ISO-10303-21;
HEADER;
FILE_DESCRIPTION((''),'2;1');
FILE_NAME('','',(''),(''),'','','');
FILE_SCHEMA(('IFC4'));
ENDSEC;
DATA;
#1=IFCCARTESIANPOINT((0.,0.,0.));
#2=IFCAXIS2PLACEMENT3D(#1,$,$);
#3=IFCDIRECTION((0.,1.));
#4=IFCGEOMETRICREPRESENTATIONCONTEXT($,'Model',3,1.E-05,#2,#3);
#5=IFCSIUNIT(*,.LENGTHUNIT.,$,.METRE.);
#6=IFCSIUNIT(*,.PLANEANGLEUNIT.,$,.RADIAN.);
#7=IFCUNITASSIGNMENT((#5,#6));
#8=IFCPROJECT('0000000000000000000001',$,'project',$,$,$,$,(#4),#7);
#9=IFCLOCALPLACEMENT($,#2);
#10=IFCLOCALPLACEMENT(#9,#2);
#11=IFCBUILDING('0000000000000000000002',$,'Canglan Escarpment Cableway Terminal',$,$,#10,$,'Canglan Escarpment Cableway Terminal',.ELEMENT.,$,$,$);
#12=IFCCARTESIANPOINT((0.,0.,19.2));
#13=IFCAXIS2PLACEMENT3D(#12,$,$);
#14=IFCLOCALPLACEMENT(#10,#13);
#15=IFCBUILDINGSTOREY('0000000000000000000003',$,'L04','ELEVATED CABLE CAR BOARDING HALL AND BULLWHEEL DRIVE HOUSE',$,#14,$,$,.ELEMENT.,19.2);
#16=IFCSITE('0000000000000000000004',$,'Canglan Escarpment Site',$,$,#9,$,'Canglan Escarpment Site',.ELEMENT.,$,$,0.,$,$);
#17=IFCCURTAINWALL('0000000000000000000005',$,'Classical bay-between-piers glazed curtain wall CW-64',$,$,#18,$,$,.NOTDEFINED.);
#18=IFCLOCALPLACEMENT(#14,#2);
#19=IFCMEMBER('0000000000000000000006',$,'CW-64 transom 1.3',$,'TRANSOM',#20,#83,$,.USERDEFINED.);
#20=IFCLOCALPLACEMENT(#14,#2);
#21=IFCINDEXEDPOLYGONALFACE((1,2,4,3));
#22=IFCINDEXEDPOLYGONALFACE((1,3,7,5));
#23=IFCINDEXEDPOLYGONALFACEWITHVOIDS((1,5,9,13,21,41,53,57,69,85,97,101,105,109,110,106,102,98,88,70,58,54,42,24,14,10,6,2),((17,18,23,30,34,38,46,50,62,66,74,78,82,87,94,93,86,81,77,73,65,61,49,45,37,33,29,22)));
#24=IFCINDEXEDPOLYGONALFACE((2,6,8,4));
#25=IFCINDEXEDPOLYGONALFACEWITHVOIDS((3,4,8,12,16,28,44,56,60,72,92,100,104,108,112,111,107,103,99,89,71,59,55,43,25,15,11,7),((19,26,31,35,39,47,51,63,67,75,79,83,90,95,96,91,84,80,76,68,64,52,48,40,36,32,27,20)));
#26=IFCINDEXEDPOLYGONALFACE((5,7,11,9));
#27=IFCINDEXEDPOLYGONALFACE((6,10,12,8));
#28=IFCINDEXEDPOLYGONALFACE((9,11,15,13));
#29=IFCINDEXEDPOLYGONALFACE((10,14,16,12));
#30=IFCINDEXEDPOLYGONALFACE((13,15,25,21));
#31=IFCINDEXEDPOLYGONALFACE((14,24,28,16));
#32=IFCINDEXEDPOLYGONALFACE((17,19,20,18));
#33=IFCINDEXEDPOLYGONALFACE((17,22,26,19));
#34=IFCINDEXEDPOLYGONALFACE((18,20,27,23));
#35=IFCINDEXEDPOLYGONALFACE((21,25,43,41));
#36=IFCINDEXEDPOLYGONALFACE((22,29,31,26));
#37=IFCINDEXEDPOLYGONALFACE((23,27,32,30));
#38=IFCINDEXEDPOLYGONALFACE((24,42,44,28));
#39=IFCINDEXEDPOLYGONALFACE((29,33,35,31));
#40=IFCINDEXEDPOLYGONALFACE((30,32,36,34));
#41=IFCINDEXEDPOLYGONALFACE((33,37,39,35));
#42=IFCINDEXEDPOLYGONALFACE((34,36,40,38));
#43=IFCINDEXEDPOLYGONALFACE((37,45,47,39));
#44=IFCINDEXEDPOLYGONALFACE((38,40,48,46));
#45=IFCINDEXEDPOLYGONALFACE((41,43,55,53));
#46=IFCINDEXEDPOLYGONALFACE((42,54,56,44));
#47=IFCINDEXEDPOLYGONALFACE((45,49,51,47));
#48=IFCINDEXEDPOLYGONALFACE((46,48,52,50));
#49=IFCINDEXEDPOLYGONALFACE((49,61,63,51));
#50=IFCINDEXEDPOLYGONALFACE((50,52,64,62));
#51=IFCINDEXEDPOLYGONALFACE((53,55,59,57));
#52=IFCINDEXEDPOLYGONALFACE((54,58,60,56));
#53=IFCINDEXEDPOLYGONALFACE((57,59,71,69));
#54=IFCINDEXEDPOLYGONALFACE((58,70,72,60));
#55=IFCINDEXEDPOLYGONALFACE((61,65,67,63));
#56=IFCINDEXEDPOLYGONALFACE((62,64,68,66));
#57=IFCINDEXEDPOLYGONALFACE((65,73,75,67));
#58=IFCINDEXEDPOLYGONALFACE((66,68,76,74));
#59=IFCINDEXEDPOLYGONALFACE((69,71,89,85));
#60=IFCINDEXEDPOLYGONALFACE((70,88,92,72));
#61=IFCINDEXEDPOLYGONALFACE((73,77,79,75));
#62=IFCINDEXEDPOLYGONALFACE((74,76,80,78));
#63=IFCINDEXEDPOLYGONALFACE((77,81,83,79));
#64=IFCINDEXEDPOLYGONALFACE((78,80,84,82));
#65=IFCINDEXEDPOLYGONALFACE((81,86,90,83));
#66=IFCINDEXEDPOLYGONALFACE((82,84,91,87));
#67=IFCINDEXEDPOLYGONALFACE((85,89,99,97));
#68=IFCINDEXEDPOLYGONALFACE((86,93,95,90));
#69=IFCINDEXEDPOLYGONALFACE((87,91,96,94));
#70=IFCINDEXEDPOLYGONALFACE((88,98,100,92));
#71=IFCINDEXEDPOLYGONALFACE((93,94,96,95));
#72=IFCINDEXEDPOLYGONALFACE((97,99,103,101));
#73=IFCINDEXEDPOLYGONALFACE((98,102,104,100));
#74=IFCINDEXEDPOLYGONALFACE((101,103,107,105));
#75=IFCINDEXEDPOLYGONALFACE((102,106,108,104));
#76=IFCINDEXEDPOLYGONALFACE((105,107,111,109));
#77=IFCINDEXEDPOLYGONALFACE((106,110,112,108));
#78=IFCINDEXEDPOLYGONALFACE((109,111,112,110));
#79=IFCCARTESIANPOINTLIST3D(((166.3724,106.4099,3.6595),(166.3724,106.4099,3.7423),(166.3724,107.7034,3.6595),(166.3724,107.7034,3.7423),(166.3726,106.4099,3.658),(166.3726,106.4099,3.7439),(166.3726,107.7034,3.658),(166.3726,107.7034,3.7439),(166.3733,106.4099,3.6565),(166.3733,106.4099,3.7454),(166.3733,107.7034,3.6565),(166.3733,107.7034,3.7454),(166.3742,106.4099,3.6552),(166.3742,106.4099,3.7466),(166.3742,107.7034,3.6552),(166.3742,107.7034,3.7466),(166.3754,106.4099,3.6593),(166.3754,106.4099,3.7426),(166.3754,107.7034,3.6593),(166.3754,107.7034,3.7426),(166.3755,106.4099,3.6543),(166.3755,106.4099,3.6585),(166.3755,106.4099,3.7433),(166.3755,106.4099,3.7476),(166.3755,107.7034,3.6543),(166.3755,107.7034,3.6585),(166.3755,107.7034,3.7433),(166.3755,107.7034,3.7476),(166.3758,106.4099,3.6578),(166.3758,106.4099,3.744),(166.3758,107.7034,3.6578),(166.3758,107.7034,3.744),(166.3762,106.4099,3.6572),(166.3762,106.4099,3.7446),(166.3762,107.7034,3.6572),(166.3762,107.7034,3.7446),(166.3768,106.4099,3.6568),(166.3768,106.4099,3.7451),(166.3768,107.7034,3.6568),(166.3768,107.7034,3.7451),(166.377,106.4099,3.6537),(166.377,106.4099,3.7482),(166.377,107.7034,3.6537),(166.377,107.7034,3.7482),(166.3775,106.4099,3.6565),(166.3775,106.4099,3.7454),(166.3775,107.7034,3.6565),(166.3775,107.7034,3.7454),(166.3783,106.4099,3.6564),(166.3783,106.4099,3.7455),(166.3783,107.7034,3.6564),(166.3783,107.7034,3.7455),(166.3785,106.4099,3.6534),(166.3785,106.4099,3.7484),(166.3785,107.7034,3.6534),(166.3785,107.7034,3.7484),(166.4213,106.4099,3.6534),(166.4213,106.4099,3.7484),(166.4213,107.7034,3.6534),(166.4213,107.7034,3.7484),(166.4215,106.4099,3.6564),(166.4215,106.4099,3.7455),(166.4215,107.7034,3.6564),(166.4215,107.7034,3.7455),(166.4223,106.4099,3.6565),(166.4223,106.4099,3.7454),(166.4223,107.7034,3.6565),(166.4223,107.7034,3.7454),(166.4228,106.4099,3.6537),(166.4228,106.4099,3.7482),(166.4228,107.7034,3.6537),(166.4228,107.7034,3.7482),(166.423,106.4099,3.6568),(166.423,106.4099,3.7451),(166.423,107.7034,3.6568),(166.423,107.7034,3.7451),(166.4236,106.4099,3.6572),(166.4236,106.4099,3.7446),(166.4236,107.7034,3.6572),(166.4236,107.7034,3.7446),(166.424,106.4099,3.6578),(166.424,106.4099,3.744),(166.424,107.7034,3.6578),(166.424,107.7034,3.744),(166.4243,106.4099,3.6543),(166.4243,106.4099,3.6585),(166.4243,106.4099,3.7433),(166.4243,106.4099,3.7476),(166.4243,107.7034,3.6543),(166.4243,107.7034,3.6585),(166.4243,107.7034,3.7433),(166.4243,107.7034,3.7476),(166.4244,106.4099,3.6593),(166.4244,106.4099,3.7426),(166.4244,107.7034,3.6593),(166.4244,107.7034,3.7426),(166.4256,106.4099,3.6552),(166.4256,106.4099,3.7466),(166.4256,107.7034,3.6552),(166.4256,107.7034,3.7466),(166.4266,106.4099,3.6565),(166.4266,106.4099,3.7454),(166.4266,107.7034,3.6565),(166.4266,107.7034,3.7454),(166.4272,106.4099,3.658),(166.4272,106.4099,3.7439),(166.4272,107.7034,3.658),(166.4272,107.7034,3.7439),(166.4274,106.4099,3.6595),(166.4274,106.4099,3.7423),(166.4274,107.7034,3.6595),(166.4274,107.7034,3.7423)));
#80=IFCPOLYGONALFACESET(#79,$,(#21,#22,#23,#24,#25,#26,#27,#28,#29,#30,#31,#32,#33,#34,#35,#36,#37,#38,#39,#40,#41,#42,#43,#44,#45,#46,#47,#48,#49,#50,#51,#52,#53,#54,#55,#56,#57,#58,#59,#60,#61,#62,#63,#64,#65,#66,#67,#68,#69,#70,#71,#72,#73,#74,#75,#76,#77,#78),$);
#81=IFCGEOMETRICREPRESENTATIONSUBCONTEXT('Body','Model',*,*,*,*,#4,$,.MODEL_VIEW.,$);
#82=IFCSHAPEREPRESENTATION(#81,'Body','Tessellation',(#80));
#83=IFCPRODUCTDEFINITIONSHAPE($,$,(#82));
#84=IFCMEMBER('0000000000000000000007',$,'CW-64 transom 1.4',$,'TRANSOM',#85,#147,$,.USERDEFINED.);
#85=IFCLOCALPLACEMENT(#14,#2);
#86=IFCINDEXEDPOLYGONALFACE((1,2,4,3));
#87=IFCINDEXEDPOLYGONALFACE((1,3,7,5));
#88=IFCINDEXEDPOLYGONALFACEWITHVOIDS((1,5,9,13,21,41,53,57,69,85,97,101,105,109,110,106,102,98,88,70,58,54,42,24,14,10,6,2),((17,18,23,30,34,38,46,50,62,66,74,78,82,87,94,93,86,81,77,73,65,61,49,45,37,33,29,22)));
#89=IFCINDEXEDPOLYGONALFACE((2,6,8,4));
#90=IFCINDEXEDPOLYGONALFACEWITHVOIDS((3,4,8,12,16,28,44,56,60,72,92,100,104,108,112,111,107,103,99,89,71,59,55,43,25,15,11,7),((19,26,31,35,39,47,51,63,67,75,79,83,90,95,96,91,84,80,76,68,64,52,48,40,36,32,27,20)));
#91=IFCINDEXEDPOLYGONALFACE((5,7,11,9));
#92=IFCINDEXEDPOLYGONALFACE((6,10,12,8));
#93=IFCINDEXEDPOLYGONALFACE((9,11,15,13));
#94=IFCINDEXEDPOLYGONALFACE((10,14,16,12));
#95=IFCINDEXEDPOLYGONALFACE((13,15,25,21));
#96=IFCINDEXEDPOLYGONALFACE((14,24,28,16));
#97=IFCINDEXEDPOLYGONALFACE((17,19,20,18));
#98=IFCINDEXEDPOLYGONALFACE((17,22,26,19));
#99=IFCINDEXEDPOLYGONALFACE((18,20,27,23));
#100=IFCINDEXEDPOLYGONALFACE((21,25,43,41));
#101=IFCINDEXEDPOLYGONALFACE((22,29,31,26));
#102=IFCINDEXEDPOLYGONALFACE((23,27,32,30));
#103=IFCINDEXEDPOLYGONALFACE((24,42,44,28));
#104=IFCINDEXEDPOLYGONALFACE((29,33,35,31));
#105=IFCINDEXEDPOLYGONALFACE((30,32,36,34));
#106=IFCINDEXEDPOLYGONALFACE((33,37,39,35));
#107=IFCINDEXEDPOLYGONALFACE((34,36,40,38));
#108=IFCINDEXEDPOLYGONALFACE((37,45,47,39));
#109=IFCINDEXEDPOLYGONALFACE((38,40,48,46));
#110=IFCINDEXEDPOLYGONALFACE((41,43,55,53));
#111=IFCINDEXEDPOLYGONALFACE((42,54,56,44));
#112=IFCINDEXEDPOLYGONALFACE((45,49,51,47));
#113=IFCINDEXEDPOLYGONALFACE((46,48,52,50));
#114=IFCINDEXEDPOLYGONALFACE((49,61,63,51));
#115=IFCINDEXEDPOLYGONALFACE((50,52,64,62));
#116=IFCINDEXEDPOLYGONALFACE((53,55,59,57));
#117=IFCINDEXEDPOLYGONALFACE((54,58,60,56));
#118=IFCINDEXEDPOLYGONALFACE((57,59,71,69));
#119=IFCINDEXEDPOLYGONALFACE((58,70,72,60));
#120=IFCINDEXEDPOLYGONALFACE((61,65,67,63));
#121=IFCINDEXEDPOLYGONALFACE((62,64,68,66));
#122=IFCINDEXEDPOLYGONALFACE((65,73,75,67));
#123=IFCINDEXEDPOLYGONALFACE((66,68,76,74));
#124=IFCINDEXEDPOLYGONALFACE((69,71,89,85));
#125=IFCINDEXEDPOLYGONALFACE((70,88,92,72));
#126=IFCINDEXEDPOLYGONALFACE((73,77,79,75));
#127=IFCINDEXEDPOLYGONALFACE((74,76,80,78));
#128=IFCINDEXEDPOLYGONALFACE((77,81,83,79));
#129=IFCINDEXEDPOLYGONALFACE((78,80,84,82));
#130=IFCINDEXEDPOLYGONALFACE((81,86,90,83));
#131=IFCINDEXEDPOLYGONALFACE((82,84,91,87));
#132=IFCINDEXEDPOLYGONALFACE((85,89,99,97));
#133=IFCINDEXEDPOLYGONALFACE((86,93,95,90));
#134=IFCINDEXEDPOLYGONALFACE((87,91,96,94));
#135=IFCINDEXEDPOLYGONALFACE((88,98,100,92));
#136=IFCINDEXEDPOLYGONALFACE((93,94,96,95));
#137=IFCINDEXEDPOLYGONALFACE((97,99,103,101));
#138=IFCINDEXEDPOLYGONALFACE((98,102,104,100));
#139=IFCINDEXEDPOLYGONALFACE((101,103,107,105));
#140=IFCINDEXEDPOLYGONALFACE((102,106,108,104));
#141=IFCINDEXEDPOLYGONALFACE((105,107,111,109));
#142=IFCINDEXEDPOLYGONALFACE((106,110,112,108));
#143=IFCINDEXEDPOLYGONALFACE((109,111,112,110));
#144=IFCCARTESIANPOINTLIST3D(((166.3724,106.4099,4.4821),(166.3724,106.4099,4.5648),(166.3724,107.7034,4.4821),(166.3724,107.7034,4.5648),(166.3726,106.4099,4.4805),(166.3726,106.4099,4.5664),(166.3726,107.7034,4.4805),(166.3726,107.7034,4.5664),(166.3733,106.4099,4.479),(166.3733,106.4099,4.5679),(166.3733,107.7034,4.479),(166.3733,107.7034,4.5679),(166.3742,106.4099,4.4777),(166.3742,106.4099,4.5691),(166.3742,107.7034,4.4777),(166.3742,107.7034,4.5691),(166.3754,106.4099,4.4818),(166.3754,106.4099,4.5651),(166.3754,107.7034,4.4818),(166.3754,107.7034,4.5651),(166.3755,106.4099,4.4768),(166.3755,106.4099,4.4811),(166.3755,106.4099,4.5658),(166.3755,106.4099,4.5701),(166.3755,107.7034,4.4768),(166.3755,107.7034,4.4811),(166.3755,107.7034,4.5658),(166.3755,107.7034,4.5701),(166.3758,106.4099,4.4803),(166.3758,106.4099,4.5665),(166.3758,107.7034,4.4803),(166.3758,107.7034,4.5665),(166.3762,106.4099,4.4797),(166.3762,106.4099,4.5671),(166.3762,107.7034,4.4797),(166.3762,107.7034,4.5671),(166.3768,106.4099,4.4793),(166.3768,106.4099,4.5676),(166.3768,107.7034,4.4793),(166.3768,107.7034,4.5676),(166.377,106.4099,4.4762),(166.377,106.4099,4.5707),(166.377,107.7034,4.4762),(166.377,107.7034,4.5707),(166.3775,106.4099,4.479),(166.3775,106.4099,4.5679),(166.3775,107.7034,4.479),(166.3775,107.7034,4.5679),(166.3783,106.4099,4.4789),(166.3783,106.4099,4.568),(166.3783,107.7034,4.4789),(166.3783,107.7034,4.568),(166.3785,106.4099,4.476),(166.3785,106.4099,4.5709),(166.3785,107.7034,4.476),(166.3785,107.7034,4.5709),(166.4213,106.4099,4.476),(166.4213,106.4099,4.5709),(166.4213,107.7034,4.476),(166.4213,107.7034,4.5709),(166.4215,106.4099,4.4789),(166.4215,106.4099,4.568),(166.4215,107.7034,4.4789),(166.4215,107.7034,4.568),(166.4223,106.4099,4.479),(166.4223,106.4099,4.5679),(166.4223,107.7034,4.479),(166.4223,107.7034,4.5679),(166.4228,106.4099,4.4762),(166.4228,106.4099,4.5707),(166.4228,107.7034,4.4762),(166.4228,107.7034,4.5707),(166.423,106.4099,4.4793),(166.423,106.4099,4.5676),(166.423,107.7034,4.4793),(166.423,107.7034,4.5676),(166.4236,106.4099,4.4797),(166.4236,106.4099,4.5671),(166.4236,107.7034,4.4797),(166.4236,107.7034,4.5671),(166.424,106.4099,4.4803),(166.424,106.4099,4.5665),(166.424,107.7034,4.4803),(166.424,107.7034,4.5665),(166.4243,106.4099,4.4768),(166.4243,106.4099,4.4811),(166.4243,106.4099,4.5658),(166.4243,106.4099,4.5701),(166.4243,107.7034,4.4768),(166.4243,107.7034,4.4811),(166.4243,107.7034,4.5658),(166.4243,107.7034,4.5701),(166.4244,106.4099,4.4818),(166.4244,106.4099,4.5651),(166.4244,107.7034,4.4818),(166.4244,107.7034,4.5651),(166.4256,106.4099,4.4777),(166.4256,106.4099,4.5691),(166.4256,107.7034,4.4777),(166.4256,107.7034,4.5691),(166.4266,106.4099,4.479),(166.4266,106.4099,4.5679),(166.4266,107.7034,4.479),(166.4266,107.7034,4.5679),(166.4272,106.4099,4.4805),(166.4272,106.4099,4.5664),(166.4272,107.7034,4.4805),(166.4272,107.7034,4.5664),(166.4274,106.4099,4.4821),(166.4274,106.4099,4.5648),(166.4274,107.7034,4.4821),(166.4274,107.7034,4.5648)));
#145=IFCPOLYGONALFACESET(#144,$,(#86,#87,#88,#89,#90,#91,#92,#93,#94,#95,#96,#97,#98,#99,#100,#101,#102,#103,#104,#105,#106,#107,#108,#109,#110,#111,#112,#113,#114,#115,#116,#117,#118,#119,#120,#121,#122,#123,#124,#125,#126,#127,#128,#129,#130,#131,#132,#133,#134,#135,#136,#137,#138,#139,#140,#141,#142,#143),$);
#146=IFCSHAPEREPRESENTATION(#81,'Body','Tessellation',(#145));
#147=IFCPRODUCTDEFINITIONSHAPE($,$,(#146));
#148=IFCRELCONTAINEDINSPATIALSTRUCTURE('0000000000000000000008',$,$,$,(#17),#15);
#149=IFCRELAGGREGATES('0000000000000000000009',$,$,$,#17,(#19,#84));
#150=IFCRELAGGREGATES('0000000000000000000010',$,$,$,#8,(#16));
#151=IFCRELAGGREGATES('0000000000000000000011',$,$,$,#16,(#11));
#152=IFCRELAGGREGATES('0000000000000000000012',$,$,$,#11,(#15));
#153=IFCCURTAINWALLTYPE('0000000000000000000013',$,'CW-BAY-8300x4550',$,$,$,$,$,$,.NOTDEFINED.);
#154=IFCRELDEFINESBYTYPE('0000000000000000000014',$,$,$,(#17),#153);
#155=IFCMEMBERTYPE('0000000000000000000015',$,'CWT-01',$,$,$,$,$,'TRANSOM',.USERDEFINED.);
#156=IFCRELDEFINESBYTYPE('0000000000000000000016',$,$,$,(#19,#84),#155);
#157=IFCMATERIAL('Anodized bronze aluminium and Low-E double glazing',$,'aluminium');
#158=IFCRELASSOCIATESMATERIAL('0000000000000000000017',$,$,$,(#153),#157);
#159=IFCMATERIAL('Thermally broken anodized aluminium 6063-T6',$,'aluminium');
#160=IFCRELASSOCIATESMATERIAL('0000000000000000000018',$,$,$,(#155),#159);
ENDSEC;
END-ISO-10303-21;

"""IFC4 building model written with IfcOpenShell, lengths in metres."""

from ifc_helpers import new_model, si_unit, direction, frame, origin, origin_2d, place, context, subcontext, project, spatial, hollow_rectangle, extrude, material, material_profile, profile_set, type_object, element, aggregate, save


model = new_model("IFC4")

# Units and contexts
model_context = context("Model", 3, precision=1e-05, world=origin(), true_north=direction((0.0, 1.0)))
body_context = subcontext(model_context, "Body", "Model", "MODEL_VIEW")
ifc_project = project(units=[si_unit("LENGTHUNIT", "METRE"), si_unit("PLANEANGLEUNIT", "RADIAN")], contexts=[model_context])

# Site, building, storey
site_placement = place(None, origin())
site = spatial("IfcSite", under=ifc_project, at=site_placement, Name="Canglan Escarpment Site", LongName="Canglan Escarpment Site", CompositionType="ELEMENT", RefElevation=0.0)
building_placement = place(site_placement, origin())
building = spatial("IfcBuilding", under=site, at=building_placement, Name="Canglan Escarpment Cableway Terminal", LongName="Canglan Escarpment Cableway Terminal", CompositionType="ELEMENT")
storey_placement = place(building_placement, frame((0.0, 0.0, 19.2)))
storey = spatial("IfcBuildingStorey", under=building, at=storey_placement, Name="L04", Description="ELEVATED CABLE CAR BOARDING HALL AND BULLWHEEL DRIVE HOUSE", CompositionType="ELEMENT", Elevation=19.2)

# Curtain wall
ifc_material_1 = material(Name="Anodized bronze aluminium and Low-E double glazing", Category="aluminium")
curtain_wall_type = type_object("IfcCurtainWallType", Name="CW-BAY-8300x4550", PredefinedType="NOTDEFINED", material=ifc_material_1)
curtain_wall_1_placement = place(storey_placement, origin())
curtain_wall_1 = element("IfcCurtainWall", 1, at=curtain_wall_1_placement, inside=storey, type_object=curtain_wall_type, Name="Classical bay-between-piers glazed curtain wall CW-64", PredefinedType="NOTDEFINED")
ifc_material_2 = material(Name="Thermally broken anodized aluminium 6063-T6", Category="aluminium")

# Members
ifc_material_profile_1 = material_profile(ifc_material_2, hollow_rectangle(XDim=0.0549, YDim=0.095, WallThickness=0.0029, InnerFilletRadius=0.0029, OuterFilletRadius=0.0061, at=origin_2d()), Name="ALU-TRAN 55x95x3")
ifc_profile_set_1 = profile_set([ifc_material_profile_1], Name="Thermally broken anodized aluminium 6063-T6")
member_type_1 = type_object("IfcMemberType", Name="CWT-01", ElementType="TRANSOM", PredefinedType="USERDEFINED", material=ifc_profile_set_1)
member_1_placement = place(storey_placement, frame((166.3999, 106.4099, 3.7009), z_axis=(0.0, 1.0, 0.0), x_axis=(-1.0, 0.0, 0.0)))
member_1 = element("IfcMember", 2, at=member_1_placement, type_object=member_type_1, Name="CW-64 transom 1.3", ObjectType="TRANSOM", PredefinedType="USERDEFINED", context=body_context, shape_type="SweptSolid", body=[
    extrude(hollow_rectangle(XDim=0.0549, YDim=0.095, WallThickness=0.0029, InnerFilletRadius=0.0029, OuterFilletRadius=0.0061, at=origin_2d()), origin(), (0.0, 0.0, 1.0), 1.2935),
])
member_2_placement = place(storey_placement, frame((166.3999, 106.4099, 4.5234), z_axis=(0.0, 1.0, 0.0), x_axis=(-1.0, 0.0, 0.0)))
member_2 = element("IfcMember", 3, at=member_2_placement, type_object=member_type_1, Name="CW-64 transom 1.4", ObjectType="TRANSOM", PredefinedType="USERDEFINED", context=body_context, shape_type="SweptSolid", body=[
    extrude(hollow_rectangle(XDim=0.0549, YDim=0.095, WallThickness=0.0029, InnerFilletRadius=0.0029, OuterFilletRadius=0.0061, at=origin_2d()), origin(), (0.0, 0.0, 1.0), 1.2935),
])

aggregate(curtain_wall_1, [member_1, member_2])

save(model, "model.ifc")
